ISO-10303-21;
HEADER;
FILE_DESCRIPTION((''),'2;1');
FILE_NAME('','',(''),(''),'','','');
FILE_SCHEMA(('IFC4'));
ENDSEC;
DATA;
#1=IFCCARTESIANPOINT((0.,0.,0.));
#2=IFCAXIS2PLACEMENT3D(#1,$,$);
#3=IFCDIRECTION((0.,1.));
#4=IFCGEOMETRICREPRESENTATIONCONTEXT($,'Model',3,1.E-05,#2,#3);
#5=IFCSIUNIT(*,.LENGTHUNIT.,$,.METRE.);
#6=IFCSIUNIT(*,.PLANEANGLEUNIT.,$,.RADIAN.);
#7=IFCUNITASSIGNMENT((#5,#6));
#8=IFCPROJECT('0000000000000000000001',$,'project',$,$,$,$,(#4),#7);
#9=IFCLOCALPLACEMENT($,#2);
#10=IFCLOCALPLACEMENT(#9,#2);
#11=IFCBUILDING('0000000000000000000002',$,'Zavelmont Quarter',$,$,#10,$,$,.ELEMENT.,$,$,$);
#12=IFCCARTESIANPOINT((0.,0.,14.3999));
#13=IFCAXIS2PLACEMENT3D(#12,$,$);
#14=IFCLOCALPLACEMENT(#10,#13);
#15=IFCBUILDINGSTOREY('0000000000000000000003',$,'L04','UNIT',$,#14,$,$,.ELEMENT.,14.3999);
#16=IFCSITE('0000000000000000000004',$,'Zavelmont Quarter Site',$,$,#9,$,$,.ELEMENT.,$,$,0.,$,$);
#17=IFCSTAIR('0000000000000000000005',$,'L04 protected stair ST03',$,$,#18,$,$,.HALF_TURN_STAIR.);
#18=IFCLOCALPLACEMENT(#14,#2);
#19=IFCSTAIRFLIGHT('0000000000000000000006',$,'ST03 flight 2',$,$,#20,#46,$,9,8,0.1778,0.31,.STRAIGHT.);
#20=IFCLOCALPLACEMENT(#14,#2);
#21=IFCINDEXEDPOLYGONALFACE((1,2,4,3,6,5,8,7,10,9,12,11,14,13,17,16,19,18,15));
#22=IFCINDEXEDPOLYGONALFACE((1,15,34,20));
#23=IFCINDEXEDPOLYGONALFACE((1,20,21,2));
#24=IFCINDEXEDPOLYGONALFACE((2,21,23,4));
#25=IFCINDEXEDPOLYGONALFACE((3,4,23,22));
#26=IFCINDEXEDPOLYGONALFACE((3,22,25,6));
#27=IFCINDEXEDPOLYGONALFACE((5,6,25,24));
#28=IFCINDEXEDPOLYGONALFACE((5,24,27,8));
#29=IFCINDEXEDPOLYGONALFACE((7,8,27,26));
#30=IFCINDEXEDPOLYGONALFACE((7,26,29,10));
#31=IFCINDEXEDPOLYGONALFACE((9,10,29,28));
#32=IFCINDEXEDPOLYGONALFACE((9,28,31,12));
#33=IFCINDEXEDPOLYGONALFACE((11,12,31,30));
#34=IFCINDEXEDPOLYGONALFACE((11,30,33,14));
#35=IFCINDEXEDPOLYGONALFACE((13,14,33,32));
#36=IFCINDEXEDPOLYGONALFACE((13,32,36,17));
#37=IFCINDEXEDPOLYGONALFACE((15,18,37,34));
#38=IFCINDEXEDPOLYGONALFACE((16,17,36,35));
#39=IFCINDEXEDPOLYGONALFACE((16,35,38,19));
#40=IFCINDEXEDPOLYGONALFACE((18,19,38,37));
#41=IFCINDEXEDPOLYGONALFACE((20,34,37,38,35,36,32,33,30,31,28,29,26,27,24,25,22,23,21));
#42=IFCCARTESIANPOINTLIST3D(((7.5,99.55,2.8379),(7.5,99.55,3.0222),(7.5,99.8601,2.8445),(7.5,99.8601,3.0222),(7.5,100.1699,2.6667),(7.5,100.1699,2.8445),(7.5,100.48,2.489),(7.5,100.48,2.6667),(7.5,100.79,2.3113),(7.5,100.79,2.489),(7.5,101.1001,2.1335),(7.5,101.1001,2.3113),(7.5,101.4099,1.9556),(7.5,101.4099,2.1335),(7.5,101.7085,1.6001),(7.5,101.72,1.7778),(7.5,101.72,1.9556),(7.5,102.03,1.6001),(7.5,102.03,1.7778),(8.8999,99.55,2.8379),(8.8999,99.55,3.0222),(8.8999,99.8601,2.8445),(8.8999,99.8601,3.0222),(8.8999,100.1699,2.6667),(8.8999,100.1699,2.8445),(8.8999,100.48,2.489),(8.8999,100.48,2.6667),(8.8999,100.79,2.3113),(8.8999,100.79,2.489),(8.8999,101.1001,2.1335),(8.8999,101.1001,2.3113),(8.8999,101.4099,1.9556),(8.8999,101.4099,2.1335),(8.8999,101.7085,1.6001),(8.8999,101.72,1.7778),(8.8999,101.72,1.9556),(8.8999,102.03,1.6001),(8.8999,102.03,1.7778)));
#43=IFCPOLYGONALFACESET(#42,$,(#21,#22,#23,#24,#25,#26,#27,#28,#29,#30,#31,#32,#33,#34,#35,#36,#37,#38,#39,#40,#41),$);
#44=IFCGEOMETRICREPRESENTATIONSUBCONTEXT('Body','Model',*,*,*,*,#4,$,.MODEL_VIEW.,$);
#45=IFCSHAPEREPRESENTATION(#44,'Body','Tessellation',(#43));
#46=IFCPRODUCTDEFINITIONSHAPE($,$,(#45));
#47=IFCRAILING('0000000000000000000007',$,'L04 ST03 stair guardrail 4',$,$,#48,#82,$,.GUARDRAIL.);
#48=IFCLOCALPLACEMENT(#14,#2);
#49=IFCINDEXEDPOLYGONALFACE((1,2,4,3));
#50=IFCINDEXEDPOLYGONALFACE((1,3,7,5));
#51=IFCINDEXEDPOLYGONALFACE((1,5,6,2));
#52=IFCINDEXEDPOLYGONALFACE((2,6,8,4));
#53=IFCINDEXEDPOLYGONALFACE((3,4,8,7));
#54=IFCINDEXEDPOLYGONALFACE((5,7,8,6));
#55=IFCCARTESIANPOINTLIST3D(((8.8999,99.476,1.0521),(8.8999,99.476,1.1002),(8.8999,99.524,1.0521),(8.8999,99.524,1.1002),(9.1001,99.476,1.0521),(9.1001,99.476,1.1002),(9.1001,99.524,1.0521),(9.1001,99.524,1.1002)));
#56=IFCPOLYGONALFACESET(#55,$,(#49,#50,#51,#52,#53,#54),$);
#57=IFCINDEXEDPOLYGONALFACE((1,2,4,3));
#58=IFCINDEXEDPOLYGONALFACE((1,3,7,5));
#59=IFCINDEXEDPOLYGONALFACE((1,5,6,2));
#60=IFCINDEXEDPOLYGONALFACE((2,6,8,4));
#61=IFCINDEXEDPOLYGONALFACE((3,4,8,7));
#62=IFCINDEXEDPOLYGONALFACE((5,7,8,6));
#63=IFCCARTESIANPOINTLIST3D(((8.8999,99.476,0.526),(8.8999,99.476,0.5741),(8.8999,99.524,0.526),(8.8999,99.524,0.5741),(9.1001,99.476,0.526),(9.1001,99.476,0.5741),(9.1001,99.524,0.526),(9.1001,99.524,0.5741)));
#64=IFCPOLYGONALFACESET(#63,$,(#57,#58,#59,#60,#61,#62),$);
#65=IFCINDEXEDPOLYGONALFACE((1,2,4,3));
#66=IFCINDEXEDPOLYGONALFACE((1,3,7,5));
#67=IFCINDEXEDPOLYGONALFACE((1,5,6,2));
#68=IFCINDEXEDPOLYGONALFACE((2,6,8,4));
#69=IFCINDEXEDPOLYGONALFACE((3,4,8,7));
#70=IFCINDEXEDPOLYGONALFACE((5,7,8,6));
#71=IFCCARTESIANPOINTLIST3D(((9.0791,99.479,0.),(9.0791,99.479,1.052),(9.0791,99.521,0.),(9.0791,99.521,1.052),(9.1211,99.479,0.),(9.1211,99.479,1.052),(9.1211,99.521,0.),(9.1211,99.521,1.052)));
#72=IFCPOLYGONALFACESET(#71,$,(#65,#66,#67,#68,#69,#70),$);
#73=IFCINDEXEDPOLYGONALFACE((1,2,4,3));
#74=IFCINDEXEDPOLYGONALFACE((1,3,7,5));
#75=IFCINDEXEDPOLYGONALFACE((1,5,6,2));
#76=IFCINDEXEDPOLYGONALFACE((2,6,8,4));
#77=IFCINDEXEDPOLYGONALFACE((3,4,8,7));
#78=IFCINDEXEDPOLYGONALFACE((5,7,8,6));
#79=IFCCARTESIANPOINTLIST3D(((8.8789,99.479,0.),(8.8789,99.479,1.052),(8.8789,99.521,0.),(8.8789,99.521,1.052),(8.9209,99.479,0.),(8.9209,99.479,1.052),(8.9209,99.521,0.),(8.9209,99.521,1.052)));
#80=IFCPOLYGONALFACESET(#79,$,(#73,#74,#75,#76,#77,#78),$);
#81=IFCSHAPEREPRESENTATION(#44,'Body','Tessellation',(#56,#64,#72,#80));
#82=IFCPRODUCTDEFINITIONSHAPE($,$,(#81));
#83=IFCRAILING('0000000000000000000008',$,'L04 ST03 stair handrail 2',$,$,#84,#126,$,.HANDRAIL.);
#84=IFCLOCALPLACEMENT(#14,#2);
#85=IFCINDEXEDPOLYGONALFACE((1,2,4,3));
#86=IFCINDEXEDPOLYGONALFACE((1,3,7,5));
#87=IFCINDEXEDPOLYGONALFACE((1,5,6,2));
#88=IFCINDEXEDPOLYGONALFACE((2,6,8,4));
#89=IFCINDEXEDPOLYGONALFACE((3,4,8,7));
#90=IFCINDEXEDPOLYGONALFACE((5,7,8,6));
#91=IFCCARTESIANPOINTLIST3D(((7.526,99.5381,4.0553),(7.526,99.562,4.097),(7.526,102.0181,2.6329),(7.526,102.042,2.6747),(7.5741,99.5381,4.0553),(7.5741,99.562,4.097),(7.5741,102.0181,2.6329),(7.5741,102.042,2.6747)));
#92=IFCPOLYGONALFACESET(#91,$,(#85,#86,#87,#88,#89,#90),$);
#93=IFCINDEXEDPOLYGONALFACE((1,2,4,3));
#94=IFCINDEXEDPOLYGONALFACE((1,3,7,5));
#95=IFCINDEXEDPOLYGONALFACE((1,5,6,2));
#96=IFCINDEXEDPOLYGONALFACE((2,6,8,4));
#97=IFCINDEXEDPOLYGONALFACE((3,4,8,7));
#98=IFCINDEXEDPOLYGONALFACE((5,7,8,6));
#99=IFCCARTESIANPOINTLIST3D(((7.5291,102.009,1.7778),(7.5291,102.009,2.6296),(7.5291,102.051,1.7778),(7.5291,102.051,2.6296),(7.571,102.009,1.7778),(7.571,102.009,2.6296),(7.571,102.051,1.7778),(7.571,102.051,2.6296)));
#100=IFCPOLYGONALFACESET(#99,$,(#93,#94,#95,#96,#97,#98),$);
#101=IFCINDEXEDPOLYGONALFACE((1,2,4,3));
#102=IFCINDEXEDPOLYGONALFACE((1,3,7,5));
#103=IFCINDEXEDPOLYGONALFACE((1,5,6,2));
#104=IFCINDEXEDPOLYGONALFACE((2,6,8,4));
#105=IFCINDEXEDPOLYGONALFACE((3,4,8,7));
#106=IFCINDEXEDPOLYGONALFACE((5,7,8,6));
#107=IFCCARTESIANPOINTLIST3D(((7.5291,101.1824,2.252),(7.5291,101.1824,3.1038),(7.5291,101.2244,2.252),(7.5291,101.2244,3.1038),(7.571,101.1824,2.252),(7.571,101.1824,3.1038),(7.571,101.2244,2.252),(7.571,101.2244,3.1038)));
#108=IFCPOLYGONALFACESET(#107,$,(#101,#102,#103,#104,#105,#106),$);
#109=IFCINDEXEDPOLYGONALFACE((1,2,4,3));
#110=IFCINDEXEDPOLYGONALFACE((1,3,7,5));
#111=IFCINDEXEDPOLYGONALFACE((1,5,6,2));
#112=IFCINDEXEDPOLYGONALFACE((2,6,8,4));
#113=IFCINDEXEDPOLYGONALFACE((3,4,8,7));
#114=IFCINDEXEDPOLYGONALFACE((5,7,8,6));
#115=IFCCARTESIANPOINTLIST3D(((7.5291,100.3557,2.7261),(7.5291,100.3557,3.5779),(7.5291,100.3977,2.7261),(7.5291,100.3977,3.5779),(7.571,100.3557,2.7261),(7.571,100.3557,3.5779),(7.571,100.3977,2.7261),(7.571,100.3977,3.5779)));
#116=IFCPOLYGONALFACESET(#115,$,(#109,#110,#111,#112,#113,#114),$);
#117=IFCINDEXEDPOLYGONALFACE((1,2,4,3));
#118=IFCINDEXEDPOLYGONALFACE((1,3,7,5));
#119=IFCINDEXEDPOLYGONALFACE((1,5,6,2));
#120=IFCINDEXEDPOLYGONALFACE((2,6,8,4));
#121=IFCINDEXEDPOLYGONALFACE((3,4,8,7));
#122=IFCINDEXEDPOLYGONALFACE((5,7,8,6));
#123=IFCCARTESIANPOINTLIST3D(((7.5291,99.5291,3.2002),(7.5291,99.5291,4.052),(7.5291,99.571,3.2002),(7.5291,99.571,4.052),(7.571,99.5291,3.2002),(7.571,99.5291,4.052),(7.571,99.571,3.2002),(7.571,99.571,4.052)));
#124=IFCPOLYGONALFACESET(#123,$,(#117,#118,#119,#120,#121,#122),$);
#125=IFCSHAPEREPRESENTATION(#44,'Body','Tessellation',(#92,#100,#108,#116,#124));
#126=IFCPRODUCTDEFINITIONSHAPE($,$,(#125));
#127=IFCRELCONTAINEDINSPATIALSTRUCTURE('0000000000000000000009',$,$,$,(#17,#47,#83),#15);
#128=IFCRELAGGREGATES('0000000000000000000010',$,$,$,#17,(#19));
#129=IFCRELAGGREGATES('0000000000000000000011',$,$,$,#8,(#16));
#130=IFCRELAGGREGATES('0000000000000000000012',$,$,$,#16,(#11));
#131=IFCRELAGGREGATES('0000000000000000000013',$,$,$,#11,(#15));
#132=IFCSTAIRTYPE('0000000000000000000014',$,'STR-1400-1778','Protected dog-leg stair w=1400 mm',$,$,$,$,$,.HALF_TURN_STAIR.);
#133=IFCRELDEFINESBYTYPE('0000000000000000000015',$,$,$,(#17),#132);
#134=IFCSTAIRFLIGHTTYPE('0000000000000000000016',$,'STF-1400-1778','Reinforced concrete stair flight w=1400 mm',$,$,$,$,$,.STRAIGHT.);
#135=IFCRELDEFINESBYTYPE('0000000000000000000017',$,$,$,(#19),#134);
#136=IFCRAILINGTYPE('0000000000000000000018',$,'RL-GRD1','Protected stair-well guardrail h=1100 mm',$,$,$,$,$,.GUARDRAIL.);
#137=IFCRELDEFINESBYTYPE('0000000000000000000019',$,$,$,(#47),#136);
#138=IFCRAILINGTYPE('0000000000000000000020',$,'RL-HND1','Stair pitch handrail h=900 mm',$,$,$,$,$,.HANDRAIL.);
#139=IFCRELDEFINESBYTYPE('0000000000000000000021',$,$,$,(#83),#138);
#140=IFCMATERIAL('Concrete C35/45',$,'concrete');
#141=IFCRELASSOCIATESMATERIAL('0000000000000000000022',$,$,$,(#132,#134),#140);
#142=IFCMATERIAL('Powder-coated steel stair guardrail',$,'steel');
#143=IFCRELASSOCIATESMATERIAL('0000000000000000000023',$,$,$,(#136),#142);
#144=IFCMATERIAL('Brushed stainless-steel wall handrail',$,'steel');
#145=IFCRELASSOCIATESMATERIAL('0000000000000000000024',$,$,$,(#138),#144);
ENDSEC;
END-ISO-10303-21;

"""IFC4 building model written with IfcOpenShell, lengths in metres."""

from ifc_helpers import new_model, si_unit, direction, frame, origin, origin_2d, place, context, subcontext, project, spatial, polyline, rectangle, outline, extrude, material, type_object, element, aggregate, save


model = new_model("IFC4")

# Units and contexts
model_context = context("Model", 3, precision=1e-05, world=origin(), true_north=direction((0.0, 1.0)))
body_context = subcontext(model_context, "Body", "Model", "MODEL_VIEW")
ifc_project = project(units=[si_unit("LENGTHUNIT", "METRE"), si_unit("PLANEANGLEUNIT", "RADIAN")], contexts=[model_context])

# Site, building, storey
site_placement = place(None, origin())
site = spatial("IfcSite", under=ifc_project, at=site_placement, Name="Zavelmont Quarter Site", CompositionType="ELEMENT", RefElevation=0.0)
building_placement = place(site_placement, origin())
building = spatial("IfcBuilding", under=site, at=building_placement, Name="Zavelmont Quarter", CompositionType="ELEMENT")
storey_placement = place(building_placement, frame((0.0, 0.0, 14.3999)))
storey = spatial("IfcBuildingStorey", under=building, at=storey_placement, Name="L04", Description="UNIT", CompositionType="ELEMENT", Elevation=14.3999)

# Shared definitions
ifc_material_1 = material(Name="Concrete C35/45", Category="concrete")

# Stair, stair flight
stair_type = type_object("IfcStairType", Name="STR-1400-1778", Description="Protected dog-leg stair w=1400 mm", PredefinedType="HALF_TURN_STAIR", material=ifc_material_1)
stair_placement = place(storey_placement, origin())
stair = element("IfcStair", 1, at=stair_placement, inside=storey, type_object=stair_type, Name="L04 protected stair ST03", PredefinedType="HALF_TURN_STAIR")
stair_flight_type = type_object("IfcStairFlightType", Name="STF-1400-1778", Description="Reinforced concrete stair flight w=1400 mm", PredefinedType="STRAIGHT", material=ifc_material_1)
stair_flight_placement = place(storey_placement, frame((8.2, 102.03, 1.6001), z_axis=(0.0, 0.0, 1.0), x_axis=(0.0, -1.0, 0.0)))
stair_flight = element("IfcStairFlight", 2, at=stair_flight_placement, type_object=stair_flight_type, Name="ST03 flight 2", NumberOfRisers=9, NumberOfTreads=8, PredefinedType="STRAIGHT", RiserHeight=0.1778, TreadLength=0.31, context=body_context, shape_type="SweptSolid", body=[
    extrude(outline(polyline([(0.0, 0.0), (0.0, 0.1777), (0.3101, 0.1777), (0.3101, 0.3555), (0.6201, 0.3555), (0.6201, 0.5334), (0.9299, 0.5334), (0.9299, 0.7112), (1.24, 0.7112), (1.24, 0.8889), (1.55, 0.8889), (1.55, 1.0667), (1.8601, 1.0667), (1.8601, 1.2444), (2.1699, 1.2444), (2.1699, 1.4221), (2.48, 1.4221), (2.48, 1.6001), (2.48, 1.2378), (0.3215, 0.0), (0.0, 0.0)])), frame((0.0, 0.7, 0.0), z_axis=(0.0, -1.0, 0.0), x_axis=(1.0, 0.0, 0.0)), (0.0, 0.0, 1.0), 1.3999),
])
aggregate(stair, [stair_flight])

# Railings
ifc_material_2 = material(Name="Powder-coated steel stair guardrail", Category="steel")
railing_type_1 = type_object("IfcRailingType", Name="RL-GRD1", Description="Protected stair-well guardrail h=1100 mm", PredefinedType="GUARDRAIL", material=ifc_material_2)
railing_1_placement = place(storey_placement, frame((9.1001, 99.5, 0.0)))
element("IfcRailing", 3, at=railing_1_placement, inside=storey, type_object=railing_type_1, Name="L04 ST03 stair guardrail 4", PredefinedType="GUARDRAIL", context=body_context, shape_type="SweptSolid", body=[
    extrude(rectangle(XDim=0.0481, YDim=0.0481, at=origin_2d()), frame((0.0, 0.0, 1.0762), z_axis=(-1.0, 0.0, 0.0), x_axis=(0.0, -1.0, 0.0)), (0.0, 0.0, 1.0), 0.2002),
    extrude(rectangle(XDim=0.0481, YDim=0.0481, at=origin_2d()), frame((0.0, 0.0, 0.55), z_axis=(-1.0, 0.0, 0.0), x_axis=(0.0, -1.0, 0.0)), (0.0, 0.0, 1.0), 0.2002),
    extrude(rectangle(XDim=0.042, YDim=0.042, at=origin_2d()), origin(), (0.0, 0.0, 1.0), 1.052),
    extrude(rectangle(XDim=0.042, YDim=0.042, at=origin_2d()), frame((-0.2002, 0.0, 0.0)), (0.0, 0.0, 1.0), 1.052),
])
ifc_material_3 = material(Name="Brushed stainless-steel wall handrail", Category="steel")
railing_type_2 = type_object("IfcRailingType", Name="RL-HND1", Description="Stair pitch handrail h=900 mm", PredefinedType="HANDRAIL", material=ifc_material_3)
railing_2_placement = place(storey_placement, frame((7.55, 102.03, 1.7778)))
element("IfcRailing", 4, at=railing_2_placement, inside=storey, type_object=railing_type_2, Name="L04 ST03 stair handrail 2", PredefinedType="HANDRAIL", context=body_context, shape_type="SweptSolid", body=[
    extrude(rectangle(XDim=0.0481, YDim=0.0481, at=origin_2d()), frame((0.0, 0.0, 0.876), z_axis=(0.0, -0.867454, 0.497518), x_axis=(1.0, 0.0, 0.0)), (0.0, 0.0, 1.0), 2.8589),
    extrude(rectangle(XDim=0.042, YDim=0.042, at=origin_2d()), origin(), (0.0, 0.0, 1.0), 0.8518),
    extrude(rectangle(XDim=0.042, YDim=0.042, at=origin_2d()), frame((0.0, -0.8267, 0.4741)), (0.0, 0.0, 1.0), 0.8518),
    extrude(rectangle(XDim=0.042, YDim=0.042, at=origin_2d()), frame((0.0, -1.6533, 0.9482)), (0.0, 0.0, 1.0), 0.8518),
    extrude(rectangle(XDim=0.042, YDim=0.042, at=origin_2d()), frame((0.0, -2.48, 1.4224)), (0.0, 0.0, 1.0), 0.8518),
])

save(model, "model.ifc")
